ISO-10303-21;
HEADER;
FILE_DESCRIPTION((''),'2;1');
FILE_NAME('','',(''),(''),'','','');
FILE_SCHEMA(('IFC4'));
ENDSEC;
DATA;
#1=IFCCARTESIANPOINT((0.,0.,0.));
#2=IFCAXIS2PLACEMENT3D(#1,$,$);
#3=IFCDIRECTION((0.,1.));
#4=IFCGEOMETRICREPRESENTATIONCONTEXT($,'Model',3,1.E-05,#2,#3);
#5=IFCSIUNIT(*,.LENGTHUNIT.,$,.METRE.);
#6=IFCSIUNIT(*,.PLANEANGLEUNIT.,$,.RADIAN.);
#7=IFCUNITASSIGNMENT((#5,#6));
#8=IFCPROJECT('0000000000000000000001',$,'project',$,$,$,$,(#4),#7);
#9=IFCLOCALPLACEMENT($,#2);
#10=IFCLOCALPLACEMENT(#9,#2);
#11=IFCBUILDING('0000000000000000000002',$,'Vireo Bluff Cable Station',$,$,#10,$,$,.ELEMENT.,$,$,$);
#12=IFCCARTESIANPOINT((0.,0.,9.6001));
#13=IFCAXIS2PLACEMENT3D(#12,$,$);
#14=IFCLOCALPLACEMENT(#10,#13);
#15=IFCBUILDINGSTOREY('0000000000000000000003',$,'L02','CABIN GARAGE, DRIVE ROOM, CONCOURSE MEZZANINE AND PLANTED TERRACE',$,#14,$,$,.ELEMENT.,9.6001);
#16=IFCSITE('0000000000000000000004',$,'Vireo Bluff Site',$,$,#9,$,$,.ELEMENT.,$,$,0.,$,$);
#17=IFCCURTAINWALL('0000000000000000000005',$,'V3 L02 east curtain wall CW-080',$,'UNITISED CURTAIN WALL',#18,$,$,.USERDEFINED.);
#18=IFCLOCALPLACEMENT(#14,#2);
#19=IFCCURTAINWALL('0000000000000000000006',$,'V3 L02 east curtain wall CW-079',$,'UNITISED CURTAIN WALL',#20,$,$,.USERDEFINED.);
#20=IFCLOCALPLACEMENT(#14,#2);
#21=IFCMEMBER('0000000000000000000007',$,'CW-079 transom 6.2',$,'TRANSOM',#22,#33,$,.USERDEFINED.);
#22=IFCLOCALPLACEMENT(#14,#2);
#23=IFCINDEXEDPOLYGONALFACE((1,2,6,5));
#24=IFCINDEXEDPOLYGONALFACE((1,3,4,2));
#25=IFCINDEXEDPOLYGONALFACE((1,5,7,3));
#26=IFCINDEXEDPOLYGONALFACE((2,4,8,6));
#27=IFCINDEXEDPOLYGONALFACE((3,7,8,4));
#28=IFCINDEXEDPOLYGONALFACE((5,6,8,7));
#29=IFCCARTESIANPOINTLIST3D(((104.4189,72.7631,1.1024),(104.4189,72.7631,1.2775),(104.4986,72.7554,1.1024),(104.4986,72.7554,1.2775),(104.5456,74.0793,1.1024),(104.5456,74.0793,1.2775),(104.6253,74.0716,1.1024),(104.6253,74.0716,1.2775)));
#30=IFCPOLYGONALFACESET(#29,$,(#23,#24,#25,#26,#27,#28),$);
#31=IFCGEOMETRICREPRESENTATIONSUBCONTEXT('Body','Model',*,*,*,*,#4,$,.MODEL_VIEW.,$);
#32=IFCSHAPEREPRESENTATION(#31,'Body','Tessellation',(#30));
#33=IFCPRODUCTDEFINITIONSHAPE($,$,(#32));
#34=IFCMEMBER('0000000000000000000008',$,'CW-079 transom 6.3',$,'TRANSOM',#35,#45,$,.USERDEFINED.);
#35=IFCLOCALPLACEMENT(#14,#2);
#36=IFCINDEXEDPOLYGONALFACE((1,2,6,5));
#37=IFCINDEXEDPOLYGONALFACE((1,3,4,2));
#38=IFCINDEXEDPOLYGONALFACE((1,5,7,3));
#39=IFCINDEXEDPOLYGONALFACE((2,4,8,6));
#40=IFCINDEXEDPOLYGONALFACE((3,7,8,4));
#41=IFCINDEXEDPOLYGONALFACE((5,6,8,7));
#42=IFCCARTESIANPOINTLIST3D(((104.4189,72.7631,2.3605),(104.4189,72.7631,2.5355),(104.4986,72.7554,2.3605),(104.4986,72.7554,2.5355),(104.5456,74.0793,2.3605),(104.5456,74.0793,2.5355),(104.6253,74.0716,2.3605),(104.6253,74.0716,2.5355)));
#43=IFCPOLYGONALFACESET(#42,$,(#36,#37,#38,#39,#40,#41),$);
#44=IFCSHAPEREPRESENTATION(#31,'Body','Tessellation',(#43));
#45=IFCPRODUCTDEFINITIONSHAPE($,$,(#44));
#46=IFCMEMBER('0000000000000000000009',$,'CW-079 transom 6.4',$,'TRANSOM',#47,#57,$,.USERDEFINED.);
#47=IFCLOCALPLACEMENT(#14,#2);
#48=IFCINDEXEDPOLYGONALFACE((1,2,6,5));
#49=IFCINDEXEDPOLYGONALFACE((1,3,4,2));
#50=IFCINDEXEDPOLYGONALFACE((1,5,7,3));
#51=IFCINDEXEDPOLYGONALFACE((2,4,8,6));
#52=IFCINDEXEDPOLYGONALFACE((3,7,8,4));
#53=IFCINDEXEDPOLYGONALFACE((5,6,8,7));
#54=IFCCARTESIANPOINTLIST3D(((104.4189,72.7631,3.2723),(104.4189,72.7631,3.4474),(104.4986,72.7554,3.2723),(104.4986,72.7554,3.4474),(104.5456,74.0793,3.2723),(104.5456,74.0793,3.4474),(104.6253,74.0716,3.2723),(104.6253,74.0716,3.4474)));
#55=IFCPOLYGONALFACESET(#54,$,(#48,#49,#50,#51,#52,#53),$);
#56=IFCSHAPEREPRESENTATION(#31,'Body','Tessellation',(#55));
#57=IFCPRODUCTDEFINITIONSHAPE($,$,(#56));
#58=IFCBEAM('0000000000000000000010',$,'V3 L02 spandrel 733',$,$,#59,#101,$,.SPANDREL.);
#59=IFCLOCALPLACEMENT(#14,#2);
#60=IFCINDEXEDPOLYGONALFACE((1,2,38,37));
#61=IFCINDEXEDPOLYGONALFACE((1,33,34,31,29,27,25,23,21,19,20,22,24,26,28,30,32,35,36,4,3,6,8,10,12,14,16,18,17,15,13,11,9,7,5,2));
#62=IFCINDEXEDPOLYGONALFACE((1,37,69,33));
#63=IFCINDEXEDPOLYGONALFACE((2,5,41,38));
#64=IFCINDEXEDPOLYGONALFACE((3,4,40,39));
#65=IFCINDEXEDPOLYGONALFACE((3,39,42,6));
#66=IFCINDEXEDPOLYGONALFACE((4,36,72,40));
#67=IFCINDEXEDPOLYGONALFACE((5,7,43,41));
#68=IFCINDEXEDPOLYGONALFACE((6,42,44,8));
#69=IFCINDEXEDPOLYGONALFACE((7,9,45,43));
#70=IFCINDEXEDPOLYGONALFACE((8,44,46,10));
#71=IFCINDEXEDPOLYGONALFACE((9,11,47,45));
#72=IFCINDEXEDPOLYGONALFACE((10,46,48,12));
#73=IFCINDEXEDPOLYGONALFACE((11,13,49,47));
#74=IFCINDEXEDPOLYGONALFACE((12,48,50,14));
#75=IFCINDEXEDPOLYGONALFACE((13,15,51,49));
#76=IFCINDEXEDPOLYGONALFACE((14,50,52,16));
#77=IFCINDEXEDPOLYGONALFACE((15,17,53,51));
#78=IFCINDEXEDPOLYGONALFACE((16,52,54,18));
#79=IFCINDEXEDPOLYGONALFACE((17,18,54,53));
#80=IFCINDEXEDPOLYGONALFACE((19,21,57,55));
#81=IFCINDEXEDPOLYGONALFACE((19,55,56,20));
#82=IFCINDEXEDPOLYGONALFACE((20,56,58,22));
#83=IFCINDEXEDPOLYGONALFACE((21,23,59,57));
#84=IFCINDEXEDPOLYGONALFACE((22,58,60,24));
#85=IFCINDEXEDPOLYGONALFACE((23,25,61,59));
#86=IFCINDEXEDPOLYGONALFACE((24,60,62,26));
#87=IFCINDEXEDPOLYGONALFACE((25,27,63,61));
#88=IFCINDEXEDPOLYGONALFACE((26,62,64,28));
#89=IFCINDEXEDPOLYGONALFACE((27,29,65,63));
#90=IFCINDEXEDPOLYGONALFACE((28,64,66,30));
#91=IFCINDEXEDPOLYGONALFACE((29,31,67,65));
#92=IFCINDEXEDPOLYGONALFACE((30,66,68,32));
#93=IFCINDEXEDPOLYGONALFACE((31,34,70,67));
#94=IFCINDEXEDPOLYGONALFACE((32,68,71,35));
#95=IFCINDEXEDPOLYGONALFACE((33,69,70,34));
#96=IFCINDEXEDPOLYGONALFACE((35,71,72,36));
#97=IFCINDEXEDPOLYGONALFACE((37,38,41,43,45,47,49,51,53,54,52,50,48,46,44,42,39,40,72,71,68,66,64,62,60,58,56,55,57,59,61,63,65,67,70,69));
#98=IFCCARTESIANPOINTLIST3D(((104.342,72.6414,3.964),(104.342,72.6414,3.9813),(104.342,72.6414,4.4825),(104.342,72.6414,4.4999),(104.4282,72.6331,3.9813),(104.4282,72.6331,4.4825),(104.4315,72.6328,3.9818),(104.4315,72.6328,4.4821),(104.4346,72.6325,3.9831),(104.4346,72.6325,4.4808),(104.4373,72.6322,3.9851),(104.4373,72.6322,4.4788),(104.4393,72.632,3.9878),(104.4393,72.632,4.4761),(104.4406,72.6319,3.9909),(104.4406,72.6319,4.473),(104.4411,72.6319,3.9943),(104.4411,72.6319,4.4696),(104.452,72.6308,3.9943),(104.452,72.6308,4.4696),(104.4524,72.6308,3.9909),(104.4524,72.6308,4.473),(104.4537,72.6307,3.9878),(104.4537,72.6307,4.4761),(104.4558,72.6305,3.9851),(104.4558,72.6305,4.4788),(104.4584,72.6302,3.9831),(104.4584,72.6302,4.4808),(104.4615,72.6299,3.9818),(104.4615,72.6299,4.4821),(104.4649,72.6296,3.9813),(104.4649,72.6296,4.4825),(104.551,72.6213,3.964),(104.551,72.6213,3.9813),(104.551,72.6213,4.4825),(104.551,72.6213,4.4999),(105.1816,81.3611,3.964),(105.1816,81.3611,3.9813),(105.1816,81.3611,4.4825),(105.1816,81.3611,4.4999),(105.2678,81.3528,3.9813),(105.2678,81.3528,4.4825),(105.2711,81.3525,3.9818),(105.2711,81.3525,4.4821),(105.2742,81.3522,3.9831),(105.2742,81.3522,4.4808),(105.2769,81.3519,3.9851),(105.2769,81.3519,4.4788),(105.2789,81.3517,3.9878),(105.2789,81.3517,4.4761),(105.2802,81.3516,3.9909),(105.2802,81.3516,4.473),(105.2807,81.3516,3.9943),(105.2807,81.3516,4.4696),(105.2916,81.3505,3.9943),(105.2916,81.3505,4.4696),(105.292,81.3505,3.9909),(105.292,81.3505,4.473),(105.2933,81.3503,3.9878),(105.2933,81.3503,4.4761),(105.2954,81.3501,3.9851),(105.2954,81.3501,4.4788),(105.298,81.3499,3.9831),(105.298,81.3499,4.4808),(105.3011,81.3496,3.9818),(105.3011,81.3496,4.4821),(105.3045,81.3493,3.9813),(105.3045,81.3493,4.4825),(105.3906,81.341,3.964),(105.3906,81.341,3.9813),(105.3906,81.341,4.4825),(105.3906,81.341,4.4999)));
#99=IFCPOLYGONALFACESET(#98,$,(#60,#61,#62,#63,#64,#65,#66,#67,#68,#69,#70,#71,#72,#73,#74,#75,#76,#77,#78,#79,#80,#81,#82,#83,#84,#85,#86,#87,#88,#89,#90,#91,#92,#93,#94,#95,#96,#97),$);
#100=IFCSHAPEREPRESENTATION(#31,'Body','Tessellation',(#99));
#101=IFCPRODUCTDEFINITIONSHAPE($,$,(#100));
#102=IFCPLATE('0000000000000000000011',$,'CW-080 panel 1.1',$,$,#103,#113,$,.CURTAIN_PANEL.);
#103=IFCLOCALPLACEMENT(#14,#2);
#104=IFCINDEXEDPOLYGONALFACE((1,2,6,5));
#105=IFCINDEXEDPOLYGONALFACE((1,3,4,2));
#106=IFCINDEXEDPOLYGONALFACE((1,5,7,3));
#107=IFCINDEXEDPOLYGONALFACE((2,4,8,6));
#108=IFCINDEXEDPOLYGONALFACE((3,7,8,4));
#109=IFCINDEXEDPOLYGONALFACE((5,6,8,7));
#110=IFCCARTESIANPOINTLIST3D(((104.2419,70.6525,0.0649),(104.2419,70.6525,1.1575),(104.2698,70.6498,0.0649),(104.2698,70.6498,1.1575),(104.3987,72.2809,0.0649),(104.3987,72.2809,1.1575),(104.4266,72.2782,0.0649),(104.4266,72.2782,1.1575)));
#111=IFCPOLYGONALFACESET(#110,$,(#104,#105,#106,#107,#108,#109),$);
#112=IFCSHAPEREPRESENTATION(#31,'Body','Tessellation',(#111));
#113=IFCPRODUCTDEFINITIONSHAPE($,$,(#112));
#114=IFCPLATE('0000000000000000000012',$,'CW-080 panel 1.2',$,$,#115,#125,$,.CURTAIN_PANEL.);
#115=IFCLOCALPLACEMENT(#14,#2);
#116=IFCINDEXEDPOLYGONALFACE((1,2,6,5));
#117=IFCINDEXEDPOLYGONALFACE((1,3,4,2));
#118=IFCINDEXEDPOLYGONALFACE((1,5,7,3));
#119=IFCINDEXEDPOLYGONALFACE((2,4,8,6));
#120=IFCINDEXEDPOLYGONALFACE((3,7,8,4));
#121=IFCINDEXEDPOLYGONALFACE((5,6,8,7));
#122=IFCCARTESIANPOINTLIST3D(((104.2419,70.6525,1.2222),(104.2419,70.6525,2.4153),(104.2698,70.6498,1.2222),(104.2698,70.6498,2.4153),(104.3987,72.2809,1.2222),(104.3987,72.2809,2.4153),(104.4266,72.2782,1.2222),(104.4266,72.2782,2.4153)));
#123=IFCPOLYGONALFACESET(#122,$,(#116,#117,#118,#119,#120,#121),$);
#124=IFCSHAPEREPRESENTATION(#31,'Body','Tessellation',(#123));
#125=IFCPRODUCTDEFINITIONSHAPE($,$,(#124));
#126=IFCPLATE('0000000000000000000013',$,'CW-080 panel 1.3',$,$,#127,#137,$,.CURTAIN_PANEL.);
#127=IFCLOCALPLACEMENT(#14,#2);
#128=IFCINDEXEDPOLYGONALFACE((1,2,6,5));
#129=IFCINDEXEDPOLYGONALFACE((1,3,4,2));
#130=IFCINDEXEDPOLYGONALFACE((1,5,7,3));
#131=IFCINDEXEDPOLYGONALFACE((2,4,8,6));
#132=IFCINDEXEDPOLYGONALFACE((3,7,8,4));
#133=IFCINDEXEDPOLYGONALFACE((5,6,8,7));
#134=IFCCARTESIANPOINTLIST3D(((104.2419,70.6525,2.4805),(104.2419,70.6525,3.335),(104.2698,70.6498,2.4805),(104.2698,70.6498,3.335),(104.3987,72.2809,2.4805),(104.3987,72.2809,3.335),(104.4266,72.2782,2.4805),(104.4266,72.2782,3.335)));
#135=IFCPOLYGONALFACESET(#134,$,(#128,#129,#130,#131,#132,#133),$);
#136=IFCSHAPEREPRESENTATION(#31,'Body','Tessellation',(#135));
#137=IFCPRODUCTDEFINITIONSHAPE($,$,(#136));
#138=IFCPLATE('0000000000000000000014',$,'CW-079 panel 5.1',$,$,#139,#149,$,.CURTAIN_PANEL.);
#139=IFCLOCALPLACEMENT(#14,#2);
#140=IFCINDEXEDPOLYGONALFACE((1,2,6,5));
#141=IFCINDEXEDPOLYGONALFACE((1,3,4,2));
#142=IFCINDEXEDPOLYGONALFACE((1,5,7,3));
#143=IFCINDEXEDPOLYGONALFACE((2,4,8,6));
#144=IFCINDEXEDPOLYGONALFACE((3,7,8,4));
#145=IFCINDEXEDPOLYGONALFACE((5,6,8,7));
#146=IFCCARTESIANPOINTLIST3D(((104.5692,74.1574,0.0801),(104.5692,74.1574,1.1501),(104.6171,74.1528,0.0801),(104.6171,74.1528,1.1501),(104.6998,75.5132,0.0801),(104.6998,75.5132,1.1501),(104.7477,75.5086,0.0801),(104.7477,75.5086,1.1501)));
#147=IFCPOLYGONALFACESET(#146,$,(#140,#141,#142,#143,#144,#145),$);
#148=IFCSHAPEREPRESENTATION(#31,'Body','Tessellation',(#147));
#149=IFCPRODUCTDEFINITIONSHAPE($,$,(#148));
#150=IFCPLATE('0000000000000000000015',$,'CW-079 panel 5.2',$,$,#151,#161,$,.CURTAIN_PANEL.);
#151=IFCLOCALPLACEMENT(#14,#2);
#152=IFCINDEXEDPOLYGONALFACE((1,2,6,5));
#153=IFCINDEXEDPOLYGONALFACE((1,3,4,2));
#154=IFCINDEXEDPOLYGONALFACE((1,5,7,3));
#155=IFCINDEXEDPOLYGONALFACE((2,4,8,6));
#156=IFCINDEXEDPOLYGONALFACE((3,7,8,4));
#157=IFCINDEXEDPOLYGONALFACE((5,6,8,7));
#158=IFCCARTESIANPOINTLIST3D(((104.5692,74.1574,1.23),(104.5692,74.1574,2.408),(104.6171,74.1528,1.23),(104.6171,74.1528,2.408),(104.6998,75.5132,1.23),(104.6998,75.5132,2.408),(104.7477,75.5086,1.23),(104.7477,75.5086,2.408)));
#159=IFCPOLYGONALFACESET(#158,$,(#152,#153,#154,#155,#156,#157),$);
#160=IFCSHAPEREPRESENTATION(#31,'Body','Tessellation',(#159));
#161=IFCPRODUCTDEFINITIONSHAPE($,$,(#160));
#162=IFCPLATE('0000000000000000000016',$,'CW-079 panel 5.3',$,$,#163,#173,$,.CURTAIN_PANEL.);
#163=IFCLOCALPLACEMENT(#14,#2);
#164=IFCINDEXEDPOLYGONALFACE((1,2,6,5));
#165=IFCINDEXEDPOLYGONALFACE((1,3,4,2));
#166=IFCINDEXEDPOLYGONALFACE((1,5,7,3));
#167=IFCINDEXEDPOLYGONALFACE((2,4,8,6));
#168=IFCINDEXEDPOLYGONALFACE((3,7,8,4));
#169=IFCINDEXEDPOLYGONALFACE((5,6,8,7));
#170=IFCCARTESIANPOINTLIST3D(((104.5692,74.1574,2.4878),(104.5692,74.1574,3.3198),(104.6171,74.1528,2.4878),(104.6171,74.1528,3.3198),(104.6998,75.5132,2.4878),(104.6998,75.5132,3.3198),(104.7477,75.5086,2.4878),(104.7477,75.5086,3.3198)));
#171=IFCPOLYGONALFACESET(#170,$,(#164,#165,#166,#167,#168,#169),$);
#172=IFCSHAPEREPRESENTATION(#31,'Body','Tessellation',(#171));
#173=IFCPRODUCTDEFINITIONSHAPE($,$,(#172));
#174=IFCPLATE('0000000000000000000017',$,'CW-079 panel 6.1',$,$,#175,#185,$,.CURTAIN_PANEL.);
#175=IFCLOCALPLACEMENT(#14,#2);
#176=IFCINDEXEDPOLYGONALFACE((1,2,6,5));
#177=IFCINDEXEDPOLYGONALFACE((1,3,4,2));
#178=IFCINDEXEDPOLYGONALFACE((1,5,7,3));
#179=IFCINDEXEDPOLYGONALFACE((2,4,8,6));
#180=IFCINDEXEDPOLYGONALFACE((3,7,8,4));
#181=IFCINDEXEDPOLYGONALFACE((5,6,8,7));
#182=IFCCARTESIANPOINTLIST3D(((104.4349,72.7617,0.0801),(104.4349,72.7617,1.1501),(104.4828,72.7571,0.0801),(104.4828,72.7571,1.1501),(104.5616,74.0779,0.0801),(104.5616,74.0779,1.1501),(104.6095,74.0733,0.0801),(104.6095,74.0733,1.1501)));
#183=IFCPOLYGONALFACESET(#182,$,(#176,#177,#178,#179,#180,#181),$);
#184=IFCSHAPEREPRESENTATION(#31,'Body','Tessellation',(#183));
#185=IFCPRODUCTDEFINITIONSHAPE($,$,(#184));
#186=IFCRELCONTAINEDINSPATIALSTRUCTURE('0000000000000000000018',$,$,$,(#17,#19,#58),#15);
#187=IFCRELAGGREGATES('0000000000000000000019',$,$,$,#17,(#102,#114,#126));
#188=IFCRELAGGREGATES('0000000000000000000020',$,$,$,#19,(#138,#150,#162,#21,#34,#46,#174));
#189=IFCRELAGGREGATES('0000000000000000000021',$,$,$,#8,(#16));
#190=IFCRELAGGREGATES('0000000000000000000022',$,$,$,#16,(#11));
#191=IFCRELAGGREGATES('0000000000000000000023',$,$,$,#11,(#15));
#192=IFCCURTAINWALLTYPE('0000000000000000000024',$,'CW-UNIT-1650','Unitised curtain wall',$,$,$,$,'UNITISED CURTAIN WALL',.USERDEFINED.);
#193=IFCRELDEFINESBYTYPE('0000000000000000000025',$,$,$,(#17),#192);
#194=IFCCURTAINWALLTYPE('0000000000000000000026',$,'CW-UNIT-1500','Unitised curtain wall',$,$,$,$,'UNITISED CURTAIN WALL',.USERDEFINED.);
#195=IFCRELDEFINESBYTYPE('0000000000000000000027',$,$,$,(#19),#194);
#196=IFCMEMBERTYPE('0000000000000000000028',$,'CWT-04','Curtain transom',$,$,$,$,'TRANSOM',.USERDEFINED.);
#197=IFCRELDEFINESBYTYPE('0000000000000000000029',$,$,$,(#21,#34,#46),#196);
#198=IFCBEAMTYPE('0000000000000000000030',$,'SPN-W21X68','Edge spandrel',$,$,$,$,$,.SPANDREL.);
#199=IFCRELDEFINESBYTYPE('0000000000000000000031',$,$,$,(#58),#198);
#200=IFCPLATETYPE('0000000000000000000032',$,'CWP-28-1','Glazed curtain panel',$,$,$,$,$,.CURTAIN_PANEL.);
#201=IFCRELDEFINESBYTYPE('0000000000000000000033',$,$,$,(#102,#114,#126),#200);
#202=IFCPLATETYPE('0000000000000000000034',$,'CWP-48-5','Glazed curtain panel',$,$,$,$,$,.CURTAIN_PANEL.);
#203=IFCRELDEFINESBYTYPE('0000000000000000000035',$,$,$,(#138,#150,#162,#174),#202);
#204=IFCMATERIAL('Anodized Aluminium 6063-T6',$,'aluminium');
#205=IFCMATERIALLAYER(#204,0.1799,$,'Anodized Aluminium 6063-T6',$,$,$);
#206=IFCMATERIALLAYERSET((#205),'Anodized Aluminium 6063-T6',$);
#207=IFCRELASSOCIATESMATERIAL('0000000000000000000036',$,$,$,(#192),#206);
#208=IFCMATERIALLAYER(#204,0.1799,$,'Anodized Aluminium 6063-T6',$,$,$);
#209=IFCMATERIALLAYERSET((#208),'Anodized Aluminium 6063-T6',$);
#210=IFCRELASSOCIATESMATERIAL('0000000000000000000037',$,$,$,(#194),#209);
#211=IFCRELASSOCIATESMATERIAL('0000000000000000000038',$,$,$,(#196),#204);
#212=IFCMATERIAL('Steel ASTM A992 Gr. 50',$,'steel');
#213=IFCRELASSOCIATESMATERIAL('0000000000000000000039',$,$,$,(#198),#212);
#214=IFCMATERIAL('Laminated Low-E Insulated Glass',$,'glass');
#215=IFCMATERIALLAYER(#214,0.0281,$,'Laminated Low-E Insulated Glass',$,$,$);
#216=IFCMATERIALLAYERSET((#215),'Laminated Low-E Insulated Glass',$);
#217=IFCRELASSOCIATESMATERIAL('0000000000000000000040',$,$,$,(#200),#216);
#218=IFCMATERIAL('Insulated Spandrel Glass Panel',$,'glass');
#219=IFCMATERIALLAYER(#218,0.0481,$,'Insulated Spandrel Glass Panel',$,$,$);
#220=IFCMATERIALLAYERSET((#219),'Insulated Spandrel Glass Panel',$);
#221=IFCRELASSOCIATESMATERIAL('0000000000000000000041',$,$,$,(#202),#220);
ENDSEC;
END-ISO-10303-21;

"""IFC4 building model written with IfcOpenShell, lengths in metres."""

from ifc_helpers import new_model, si_unit, direction, frame, origin, origin_2d, place, context, subcontext, project, spatial, rectangle, i_section, extrude, material, layer, layer_set, material_profile, profile_set, type_object, element, aggregate, save


model = new_model("IFC4")

# Units and contexts
model_context = context("Model", 3, precision=1e-05, world=origin(), true_north=direction((0.0, 1.0)))
body_context = subcontext(model_context, "Body", "Model", "MODEL_VIEW")
ifc_project = project(units=[si_unit("LENGTHUNIT", "METRE"), si_unit("PLANEANGLEUNIT", "RADIAN")], contexts=[model_context])

# Site, building, storey
site_placement = place(None, origin())
site = spatial("IfcSite", under=ifc_project, at=site_placement, Name="Vireo Bluff Site", CompositionType="ELEMENT", RefElevation=0.0)
building_placement = place(site_placement, origin())
building = spatial("IfcBuilding", under=site, at=building_placement, Name="Vireo Bluff Cable Station", CompositionType="ELEMENT")
storey_placement = place(building_placement, frame((0.0, 0.0, 9.6001)))
storey = spatial("IfcBuildingStorey", under=building, at=storey_placement, Name="L02", Description="CABIN GARAGE, DRIVE ROOM, CONCOURSE MEZZANINE AND PLANTED TERRACE", CompositionType="ELEMENT", Elevation=9.6001)

# Shared definitions
ifc_material_1 = material(Name="Steel ASTM A992 Gr. 50", Category="steel")

# Curtain wall
ifc_material_2 = material(Name="Anodized Aluminium 6063-T6", Category="aluminium")
ifc_layer_1 = layer(ifc_material_2, 0.1799, Name="Anodized Aluminium 6063-T6")
ifc_layer_set_1 = layer_set([ifc_layer_1], Name="Anodized Aluminium 6063-T6")
curtain_wall_type_1 = type_object("IfcCurtainWallType", Name="CW-UNIT-1650", Description="Unitised curtain wall", ElementType="UNITISED CURTAIN WALL", PredefinedType="USERDEFINED", material=ifc_layer_set_1)
curtain_wall_1_placement = place(storey_placement, origin())
curtain_wall_1 = element("IfcCurtainWall", 1, at=curtain_wall_1_placement, inside=storey, type_object=curtain_wall_type_1, Name="V3 L02 east curtain wall CW-080", ObjectType="UNITISED CURTAIN WALL", PredefinedType="USERDEFINED")

# Curtain wall
ifc_layer_2 = layer(ifc_material_2, 0.1799, Name="Anodized Aluminium 6063-T6")
ifc_layer_set_2 = layer_set([ifc_layer_2], Name="Anodized Aluminium 6063-T6")
curtain_wall_type_2 = type_object("IfcCurtainWallType", Name="CW-UNIT-1500", Description="Unitised curtain wall", ElementType="UNITISED CURTAIN WALL", PredefinedType="USERDEFINED", material=ifc_layer_set_2)
curtain_wall_2_placement = place(storey_placement, origin())
curtain_wall_2 = element("IfcCurtainWall", 2, at=curtain_wall_2_placement, inside=storey, type_object=curtain_wall_type_2, Name="V3 L02 east curtain wall CW-079", ObjectType="UNITISED CURTAIN WALL", PredefinedType="USERDEFINED")

# Members
ifc_material_profile_1 = material_profile(ifc_material_2, rectangle(XDim=0.0801, YDim=0.175, at=origin_2d()), Name="ALU-T-80X175")
ifc_profile_set_1 = profile_set([ifc_material_profile_1], Name="Anodized Aluminium 6063-T6")
member_type_1 = type_object("IfcMemberType", Name="CWT-04", Description="Curtain transom", ElementType="TRANSOM", PredefinedType="USERDEFINED", material=ifc_profile_set_1)
member_1_placement = place(storey_placement, frame((104.5854, 74.0754, 1.1899), z_axis=(-0.095829, -0.995398, 0.0), x_axis=(0.995398, -0.095829, 0.0)))
member_1 = element("IfcMember", 3, at=member_1_placement, type_object=member_type_1, Name="CW-079 transom 6.2", ObjectType="TRANSOM", PredefinedType="USERDEFINED", context=body_context, shape_type="SweptSolid", body=[
    extrude(rectangle(XDim=0.0801, YDim=0.175, at=origin_2d()), origin(), (0.0, 0.0, 1.0), 1.3223),
])
member_2_placement = place(storey_placement, frame((104.5854, 74.0754, 2.448), z_axis=(-0.095829, -0.995398, 0.0), x_axis=(0.995398, -0.095829, 0.0)))
member_2 = element("IfcMember", 4, at=member_2_placement, type_object=member_type_1, Name="CW-079 transom 6.3", ObjectType="TRANSOM", PredefinedType="USERDEFINED", context=body_context, shape_type="SweptSolid", body=[
    extrude(rectangle(XDim=0.0801, YDim=0.175, at=origin_2d()), origin(), (0.0, 0.0, 1.0), 1.3223),
])
member_3_placement = place(storey_placement, frame((104.5854, 74.0754, 3.3599), z_axis=(-0.095829, -0.995398, 0.0), x_axis=(0.995398, -0.095829, 0.0)))
member_3 = element("IfcMember", 5, at=member_3_placement, type_object=member_type_1, Name="CW-079 transom 6.4", ObjectType="TRANSOM", PredefinedType="USERDEFINED", context=body_context, shape_type="SweptSolid", body=[
    extrude(rectangle(XDim=0.0801, YDim=0.175, at=origin_2d()), origin(), (0.0, 0.0, 1.0), 1.3223),
])

# Beam
ifc_material_profile_2 = material_profile(ifc_material_1, i_section(OverallWidth=0.21, OverallDepth=0.5359, WebThickness=0.011, FlangeThickness=0.0173, FilletRadius=0.0129, at=origin_2d()), Name="W21X68")
ifc_profile_set_2 = profile_set([ifc_material_profile_2], Name="Steel ASTM A992 Gr. 50")
beam_type = type_object("IfcBeamType", Name="SPN-W21X68", Description="Edge spandrel", PredefinedType="SPANDREL", material=ifc_profile_set_2)
beam_placement = place(storey_placement, frame((104.4465, 72.6313, 4.2319), z_axis=(0.095844, 0.995396, 0.0), x_axis=(-0.995396, 0.095844, 0.0)))
element("IfcBeam", 6, at=beam_placement, inside=storey, type_object=beam_type, Name="V3 L02 spandrel 733", PredefinedType="SPANDREL", context=body_context, shape_type="SweptSolid", body=[
    extrude(i_section(OverallWidth=0.21, OverallDepth=0.5359, WebThickness=0.011, FlangeThickness=0.0173, FilletRadius=0.0129, at=origin_2d()), origin(), (0.0, 0.0, 1.0), 8.76),
])

# Plates
ifc_material_3 = material(Name="Laminated Low-E Insulated Glass", Category="glass")
ifc_layer_3 = layer(ifc_material_3, 0.0281, Name="Laminated Low-E Insulated Glass")
ifc_layer_set_3 = layer_set([ifc_layer_3], Name="Laminated Low-E Insulated Glass")
plate_type_1 = type_object("IfcPlateType", Name="CWP-28-1", Description="Glazed curtain panel", PredefinedType="CURTAIN_PANEL", material=ifc_layer_set_3)
plate_1_placement = place(storey_placement, frame((104.3342, 71.4653, 0.0649), z_axis=(0.0, 0.0, 1.0), x_axis=(-0.095846, -0.995396, 0.0)))
plate_1 = element("IfcPlate", 7, at=plate_1_placement, type_object=plate_type_1, Name="CW-080 panel 1.1", PredefinedType="CURTAIN_PANEL", context=body_context, shape_type="SweptSolid", body=[
    extrude(rectangle(XDim=1.636, YDim=0.0281, at=origin_2d()), origin(), (0.0, 0.0, 1.0), 1.0925),
])
plate_2_placement = place(storey_placement, frame((104.3342, 71.4653, 1.2222), z_axis=(0.0, 0.0, 1.0), x_axis=(-0.095846, -0.995396, 0.0)))
plate_2 = element("IfcPlate", 8, at=plate_2_placement, type_object=plate_type_1, Name="CW-080 panel 1.2", PredefinedType="CURTAIN_PANEL", context=body_context, shape_type="SweptSolid", body=[
    extrude(rectangle(XDim=1.636, YDim=0.0281, at=origin_2d()), origin(), (0.0, 0.0, 1.0), 1.1931),
])
plate_3_placement = place(storey_placement, frame((104.3342, 71.4653, 2.4805), z_axis=(0.0, 0.0, 1.0), x_axis=(-0.095846, -0.995396, 0.0)))
plate_3 = element("IfcPlate", 9, at=plate_3_placement, type_object=plate_type_1, Name="CW-080 panel 1.3", PredefinedType="CURTAIN_PANEL", context=body_context, shape_type="SweptSolid", body=[
    extrude(rectangle(XDim=1.636, YDim=0.0281, at=origin_2d()), origin(), (0.0, 0.0, 1.0), 0.8545),
])
aggregate(curtain_wall_1, [plate_1, plate_2, plate_3])
ifc_material_4 = material(Name="Insulated Spandrel Glass Panel", Category="glass")
ifc_layer_4 = layer(ifc_material_4, 0.0481, Name="Insulated Spandrel Glass Panel")
ifc_layer_set_4 = layer_set([ifc_layer_4], Name="Insulated Spandrel Glass Panel")
plate_type_2 = type_object("IfcPlateType", Name="CWP-48-5", Description="Glazed curtain panel", PredefinedType="CURTAIN_PANEL", material=ifc_layer_set_4)
plate_4_placement = place(storey_placement, frame((104.6584, 74.833, 0.0801), z_axis=(0.0, 0.0, 1.0), x_axis=(-0.095846, -0.995396, 0.0)))
plate_4 = element("IfcPlate", 10, at=plate_4_placement, type_object=plate_type_2, Name="CW-079 panel 5.1", PredefinedType="CURTAIN_PANEL", context=body_context, shape_type="SweptSolid", body=[
    extrude(rectangle(XDim=1.3621, YDim=0.0481, at=origin_2d()), origin(), (0.0, 0.0, 1.0), 1.0701),
])
plate_5_placement = place(storey_placement, frame((104.6584, 74.833, 1.23), z_axis=(0.0, 0.0, 1.0), x_axis=(-0.095846, -0.995396, 0.0)))
plate_5 = element("IfcPlate", 11, at=plate_5_placement, type_object=plate_type_2, Name="CW-079 panel 5.2", PredefinedType="CURTAIN_PANEL", context=body_context, shape_type="SweptSolid", body=[
    extrude(rectangle(XDim=1.3621, YDim=0.0481, at=origin_2d()), origin(), (0.0, 0.0, 1.0), 1.178),
])
plate_6_placement = place(storey_placement, frame((104.6584, 74.833, 2.4878), z_axis=(0.0, 0.0, 1.0), x_axis=(-0.095846, -0.995396, 0.0)))
plate_6 = element("IfcPlate", 12, at=plate_6_placement, type_object=plate_type_2, Name="CW-079 panel 5.3", PredefinedType="CURTAIN_PANEL", context=body_context, shape_type="SweptSolid", body=[
    extrude(rectangle(XDim=1.3621, YDim=0.0481, at=origin_2d()), origin(), (0.0, 0.0, 1.0), 0.832),
])
plate_7_placement = place(storey_placement, frame((104.5222, 73.4175, 0.0801), z_axis=(0.0, 0.0, 1.0), x_axis=(-0.095846, -0.995396, 0.0)))
plate_7 = element("IfcPlate", 13, at=plate_7_placement, type_object=plate_type_2, Name="CW-079 panel 6.1", PredefinedType="CURTAIN_PANEL", context=body_context, shape_type="SweptSolid", body=[
    extrude(rectangle(XDim=1.3223, YDim=0.0481, at=origin_2d()), origin(), (0.0, 0.0, 1.0), 1.0701),
])
aggregate(curtain_wall_2, [plate_4, plate_5, plate_6, member_1, member_2, member_3, plate_7])

save(model, "model.ifc")
